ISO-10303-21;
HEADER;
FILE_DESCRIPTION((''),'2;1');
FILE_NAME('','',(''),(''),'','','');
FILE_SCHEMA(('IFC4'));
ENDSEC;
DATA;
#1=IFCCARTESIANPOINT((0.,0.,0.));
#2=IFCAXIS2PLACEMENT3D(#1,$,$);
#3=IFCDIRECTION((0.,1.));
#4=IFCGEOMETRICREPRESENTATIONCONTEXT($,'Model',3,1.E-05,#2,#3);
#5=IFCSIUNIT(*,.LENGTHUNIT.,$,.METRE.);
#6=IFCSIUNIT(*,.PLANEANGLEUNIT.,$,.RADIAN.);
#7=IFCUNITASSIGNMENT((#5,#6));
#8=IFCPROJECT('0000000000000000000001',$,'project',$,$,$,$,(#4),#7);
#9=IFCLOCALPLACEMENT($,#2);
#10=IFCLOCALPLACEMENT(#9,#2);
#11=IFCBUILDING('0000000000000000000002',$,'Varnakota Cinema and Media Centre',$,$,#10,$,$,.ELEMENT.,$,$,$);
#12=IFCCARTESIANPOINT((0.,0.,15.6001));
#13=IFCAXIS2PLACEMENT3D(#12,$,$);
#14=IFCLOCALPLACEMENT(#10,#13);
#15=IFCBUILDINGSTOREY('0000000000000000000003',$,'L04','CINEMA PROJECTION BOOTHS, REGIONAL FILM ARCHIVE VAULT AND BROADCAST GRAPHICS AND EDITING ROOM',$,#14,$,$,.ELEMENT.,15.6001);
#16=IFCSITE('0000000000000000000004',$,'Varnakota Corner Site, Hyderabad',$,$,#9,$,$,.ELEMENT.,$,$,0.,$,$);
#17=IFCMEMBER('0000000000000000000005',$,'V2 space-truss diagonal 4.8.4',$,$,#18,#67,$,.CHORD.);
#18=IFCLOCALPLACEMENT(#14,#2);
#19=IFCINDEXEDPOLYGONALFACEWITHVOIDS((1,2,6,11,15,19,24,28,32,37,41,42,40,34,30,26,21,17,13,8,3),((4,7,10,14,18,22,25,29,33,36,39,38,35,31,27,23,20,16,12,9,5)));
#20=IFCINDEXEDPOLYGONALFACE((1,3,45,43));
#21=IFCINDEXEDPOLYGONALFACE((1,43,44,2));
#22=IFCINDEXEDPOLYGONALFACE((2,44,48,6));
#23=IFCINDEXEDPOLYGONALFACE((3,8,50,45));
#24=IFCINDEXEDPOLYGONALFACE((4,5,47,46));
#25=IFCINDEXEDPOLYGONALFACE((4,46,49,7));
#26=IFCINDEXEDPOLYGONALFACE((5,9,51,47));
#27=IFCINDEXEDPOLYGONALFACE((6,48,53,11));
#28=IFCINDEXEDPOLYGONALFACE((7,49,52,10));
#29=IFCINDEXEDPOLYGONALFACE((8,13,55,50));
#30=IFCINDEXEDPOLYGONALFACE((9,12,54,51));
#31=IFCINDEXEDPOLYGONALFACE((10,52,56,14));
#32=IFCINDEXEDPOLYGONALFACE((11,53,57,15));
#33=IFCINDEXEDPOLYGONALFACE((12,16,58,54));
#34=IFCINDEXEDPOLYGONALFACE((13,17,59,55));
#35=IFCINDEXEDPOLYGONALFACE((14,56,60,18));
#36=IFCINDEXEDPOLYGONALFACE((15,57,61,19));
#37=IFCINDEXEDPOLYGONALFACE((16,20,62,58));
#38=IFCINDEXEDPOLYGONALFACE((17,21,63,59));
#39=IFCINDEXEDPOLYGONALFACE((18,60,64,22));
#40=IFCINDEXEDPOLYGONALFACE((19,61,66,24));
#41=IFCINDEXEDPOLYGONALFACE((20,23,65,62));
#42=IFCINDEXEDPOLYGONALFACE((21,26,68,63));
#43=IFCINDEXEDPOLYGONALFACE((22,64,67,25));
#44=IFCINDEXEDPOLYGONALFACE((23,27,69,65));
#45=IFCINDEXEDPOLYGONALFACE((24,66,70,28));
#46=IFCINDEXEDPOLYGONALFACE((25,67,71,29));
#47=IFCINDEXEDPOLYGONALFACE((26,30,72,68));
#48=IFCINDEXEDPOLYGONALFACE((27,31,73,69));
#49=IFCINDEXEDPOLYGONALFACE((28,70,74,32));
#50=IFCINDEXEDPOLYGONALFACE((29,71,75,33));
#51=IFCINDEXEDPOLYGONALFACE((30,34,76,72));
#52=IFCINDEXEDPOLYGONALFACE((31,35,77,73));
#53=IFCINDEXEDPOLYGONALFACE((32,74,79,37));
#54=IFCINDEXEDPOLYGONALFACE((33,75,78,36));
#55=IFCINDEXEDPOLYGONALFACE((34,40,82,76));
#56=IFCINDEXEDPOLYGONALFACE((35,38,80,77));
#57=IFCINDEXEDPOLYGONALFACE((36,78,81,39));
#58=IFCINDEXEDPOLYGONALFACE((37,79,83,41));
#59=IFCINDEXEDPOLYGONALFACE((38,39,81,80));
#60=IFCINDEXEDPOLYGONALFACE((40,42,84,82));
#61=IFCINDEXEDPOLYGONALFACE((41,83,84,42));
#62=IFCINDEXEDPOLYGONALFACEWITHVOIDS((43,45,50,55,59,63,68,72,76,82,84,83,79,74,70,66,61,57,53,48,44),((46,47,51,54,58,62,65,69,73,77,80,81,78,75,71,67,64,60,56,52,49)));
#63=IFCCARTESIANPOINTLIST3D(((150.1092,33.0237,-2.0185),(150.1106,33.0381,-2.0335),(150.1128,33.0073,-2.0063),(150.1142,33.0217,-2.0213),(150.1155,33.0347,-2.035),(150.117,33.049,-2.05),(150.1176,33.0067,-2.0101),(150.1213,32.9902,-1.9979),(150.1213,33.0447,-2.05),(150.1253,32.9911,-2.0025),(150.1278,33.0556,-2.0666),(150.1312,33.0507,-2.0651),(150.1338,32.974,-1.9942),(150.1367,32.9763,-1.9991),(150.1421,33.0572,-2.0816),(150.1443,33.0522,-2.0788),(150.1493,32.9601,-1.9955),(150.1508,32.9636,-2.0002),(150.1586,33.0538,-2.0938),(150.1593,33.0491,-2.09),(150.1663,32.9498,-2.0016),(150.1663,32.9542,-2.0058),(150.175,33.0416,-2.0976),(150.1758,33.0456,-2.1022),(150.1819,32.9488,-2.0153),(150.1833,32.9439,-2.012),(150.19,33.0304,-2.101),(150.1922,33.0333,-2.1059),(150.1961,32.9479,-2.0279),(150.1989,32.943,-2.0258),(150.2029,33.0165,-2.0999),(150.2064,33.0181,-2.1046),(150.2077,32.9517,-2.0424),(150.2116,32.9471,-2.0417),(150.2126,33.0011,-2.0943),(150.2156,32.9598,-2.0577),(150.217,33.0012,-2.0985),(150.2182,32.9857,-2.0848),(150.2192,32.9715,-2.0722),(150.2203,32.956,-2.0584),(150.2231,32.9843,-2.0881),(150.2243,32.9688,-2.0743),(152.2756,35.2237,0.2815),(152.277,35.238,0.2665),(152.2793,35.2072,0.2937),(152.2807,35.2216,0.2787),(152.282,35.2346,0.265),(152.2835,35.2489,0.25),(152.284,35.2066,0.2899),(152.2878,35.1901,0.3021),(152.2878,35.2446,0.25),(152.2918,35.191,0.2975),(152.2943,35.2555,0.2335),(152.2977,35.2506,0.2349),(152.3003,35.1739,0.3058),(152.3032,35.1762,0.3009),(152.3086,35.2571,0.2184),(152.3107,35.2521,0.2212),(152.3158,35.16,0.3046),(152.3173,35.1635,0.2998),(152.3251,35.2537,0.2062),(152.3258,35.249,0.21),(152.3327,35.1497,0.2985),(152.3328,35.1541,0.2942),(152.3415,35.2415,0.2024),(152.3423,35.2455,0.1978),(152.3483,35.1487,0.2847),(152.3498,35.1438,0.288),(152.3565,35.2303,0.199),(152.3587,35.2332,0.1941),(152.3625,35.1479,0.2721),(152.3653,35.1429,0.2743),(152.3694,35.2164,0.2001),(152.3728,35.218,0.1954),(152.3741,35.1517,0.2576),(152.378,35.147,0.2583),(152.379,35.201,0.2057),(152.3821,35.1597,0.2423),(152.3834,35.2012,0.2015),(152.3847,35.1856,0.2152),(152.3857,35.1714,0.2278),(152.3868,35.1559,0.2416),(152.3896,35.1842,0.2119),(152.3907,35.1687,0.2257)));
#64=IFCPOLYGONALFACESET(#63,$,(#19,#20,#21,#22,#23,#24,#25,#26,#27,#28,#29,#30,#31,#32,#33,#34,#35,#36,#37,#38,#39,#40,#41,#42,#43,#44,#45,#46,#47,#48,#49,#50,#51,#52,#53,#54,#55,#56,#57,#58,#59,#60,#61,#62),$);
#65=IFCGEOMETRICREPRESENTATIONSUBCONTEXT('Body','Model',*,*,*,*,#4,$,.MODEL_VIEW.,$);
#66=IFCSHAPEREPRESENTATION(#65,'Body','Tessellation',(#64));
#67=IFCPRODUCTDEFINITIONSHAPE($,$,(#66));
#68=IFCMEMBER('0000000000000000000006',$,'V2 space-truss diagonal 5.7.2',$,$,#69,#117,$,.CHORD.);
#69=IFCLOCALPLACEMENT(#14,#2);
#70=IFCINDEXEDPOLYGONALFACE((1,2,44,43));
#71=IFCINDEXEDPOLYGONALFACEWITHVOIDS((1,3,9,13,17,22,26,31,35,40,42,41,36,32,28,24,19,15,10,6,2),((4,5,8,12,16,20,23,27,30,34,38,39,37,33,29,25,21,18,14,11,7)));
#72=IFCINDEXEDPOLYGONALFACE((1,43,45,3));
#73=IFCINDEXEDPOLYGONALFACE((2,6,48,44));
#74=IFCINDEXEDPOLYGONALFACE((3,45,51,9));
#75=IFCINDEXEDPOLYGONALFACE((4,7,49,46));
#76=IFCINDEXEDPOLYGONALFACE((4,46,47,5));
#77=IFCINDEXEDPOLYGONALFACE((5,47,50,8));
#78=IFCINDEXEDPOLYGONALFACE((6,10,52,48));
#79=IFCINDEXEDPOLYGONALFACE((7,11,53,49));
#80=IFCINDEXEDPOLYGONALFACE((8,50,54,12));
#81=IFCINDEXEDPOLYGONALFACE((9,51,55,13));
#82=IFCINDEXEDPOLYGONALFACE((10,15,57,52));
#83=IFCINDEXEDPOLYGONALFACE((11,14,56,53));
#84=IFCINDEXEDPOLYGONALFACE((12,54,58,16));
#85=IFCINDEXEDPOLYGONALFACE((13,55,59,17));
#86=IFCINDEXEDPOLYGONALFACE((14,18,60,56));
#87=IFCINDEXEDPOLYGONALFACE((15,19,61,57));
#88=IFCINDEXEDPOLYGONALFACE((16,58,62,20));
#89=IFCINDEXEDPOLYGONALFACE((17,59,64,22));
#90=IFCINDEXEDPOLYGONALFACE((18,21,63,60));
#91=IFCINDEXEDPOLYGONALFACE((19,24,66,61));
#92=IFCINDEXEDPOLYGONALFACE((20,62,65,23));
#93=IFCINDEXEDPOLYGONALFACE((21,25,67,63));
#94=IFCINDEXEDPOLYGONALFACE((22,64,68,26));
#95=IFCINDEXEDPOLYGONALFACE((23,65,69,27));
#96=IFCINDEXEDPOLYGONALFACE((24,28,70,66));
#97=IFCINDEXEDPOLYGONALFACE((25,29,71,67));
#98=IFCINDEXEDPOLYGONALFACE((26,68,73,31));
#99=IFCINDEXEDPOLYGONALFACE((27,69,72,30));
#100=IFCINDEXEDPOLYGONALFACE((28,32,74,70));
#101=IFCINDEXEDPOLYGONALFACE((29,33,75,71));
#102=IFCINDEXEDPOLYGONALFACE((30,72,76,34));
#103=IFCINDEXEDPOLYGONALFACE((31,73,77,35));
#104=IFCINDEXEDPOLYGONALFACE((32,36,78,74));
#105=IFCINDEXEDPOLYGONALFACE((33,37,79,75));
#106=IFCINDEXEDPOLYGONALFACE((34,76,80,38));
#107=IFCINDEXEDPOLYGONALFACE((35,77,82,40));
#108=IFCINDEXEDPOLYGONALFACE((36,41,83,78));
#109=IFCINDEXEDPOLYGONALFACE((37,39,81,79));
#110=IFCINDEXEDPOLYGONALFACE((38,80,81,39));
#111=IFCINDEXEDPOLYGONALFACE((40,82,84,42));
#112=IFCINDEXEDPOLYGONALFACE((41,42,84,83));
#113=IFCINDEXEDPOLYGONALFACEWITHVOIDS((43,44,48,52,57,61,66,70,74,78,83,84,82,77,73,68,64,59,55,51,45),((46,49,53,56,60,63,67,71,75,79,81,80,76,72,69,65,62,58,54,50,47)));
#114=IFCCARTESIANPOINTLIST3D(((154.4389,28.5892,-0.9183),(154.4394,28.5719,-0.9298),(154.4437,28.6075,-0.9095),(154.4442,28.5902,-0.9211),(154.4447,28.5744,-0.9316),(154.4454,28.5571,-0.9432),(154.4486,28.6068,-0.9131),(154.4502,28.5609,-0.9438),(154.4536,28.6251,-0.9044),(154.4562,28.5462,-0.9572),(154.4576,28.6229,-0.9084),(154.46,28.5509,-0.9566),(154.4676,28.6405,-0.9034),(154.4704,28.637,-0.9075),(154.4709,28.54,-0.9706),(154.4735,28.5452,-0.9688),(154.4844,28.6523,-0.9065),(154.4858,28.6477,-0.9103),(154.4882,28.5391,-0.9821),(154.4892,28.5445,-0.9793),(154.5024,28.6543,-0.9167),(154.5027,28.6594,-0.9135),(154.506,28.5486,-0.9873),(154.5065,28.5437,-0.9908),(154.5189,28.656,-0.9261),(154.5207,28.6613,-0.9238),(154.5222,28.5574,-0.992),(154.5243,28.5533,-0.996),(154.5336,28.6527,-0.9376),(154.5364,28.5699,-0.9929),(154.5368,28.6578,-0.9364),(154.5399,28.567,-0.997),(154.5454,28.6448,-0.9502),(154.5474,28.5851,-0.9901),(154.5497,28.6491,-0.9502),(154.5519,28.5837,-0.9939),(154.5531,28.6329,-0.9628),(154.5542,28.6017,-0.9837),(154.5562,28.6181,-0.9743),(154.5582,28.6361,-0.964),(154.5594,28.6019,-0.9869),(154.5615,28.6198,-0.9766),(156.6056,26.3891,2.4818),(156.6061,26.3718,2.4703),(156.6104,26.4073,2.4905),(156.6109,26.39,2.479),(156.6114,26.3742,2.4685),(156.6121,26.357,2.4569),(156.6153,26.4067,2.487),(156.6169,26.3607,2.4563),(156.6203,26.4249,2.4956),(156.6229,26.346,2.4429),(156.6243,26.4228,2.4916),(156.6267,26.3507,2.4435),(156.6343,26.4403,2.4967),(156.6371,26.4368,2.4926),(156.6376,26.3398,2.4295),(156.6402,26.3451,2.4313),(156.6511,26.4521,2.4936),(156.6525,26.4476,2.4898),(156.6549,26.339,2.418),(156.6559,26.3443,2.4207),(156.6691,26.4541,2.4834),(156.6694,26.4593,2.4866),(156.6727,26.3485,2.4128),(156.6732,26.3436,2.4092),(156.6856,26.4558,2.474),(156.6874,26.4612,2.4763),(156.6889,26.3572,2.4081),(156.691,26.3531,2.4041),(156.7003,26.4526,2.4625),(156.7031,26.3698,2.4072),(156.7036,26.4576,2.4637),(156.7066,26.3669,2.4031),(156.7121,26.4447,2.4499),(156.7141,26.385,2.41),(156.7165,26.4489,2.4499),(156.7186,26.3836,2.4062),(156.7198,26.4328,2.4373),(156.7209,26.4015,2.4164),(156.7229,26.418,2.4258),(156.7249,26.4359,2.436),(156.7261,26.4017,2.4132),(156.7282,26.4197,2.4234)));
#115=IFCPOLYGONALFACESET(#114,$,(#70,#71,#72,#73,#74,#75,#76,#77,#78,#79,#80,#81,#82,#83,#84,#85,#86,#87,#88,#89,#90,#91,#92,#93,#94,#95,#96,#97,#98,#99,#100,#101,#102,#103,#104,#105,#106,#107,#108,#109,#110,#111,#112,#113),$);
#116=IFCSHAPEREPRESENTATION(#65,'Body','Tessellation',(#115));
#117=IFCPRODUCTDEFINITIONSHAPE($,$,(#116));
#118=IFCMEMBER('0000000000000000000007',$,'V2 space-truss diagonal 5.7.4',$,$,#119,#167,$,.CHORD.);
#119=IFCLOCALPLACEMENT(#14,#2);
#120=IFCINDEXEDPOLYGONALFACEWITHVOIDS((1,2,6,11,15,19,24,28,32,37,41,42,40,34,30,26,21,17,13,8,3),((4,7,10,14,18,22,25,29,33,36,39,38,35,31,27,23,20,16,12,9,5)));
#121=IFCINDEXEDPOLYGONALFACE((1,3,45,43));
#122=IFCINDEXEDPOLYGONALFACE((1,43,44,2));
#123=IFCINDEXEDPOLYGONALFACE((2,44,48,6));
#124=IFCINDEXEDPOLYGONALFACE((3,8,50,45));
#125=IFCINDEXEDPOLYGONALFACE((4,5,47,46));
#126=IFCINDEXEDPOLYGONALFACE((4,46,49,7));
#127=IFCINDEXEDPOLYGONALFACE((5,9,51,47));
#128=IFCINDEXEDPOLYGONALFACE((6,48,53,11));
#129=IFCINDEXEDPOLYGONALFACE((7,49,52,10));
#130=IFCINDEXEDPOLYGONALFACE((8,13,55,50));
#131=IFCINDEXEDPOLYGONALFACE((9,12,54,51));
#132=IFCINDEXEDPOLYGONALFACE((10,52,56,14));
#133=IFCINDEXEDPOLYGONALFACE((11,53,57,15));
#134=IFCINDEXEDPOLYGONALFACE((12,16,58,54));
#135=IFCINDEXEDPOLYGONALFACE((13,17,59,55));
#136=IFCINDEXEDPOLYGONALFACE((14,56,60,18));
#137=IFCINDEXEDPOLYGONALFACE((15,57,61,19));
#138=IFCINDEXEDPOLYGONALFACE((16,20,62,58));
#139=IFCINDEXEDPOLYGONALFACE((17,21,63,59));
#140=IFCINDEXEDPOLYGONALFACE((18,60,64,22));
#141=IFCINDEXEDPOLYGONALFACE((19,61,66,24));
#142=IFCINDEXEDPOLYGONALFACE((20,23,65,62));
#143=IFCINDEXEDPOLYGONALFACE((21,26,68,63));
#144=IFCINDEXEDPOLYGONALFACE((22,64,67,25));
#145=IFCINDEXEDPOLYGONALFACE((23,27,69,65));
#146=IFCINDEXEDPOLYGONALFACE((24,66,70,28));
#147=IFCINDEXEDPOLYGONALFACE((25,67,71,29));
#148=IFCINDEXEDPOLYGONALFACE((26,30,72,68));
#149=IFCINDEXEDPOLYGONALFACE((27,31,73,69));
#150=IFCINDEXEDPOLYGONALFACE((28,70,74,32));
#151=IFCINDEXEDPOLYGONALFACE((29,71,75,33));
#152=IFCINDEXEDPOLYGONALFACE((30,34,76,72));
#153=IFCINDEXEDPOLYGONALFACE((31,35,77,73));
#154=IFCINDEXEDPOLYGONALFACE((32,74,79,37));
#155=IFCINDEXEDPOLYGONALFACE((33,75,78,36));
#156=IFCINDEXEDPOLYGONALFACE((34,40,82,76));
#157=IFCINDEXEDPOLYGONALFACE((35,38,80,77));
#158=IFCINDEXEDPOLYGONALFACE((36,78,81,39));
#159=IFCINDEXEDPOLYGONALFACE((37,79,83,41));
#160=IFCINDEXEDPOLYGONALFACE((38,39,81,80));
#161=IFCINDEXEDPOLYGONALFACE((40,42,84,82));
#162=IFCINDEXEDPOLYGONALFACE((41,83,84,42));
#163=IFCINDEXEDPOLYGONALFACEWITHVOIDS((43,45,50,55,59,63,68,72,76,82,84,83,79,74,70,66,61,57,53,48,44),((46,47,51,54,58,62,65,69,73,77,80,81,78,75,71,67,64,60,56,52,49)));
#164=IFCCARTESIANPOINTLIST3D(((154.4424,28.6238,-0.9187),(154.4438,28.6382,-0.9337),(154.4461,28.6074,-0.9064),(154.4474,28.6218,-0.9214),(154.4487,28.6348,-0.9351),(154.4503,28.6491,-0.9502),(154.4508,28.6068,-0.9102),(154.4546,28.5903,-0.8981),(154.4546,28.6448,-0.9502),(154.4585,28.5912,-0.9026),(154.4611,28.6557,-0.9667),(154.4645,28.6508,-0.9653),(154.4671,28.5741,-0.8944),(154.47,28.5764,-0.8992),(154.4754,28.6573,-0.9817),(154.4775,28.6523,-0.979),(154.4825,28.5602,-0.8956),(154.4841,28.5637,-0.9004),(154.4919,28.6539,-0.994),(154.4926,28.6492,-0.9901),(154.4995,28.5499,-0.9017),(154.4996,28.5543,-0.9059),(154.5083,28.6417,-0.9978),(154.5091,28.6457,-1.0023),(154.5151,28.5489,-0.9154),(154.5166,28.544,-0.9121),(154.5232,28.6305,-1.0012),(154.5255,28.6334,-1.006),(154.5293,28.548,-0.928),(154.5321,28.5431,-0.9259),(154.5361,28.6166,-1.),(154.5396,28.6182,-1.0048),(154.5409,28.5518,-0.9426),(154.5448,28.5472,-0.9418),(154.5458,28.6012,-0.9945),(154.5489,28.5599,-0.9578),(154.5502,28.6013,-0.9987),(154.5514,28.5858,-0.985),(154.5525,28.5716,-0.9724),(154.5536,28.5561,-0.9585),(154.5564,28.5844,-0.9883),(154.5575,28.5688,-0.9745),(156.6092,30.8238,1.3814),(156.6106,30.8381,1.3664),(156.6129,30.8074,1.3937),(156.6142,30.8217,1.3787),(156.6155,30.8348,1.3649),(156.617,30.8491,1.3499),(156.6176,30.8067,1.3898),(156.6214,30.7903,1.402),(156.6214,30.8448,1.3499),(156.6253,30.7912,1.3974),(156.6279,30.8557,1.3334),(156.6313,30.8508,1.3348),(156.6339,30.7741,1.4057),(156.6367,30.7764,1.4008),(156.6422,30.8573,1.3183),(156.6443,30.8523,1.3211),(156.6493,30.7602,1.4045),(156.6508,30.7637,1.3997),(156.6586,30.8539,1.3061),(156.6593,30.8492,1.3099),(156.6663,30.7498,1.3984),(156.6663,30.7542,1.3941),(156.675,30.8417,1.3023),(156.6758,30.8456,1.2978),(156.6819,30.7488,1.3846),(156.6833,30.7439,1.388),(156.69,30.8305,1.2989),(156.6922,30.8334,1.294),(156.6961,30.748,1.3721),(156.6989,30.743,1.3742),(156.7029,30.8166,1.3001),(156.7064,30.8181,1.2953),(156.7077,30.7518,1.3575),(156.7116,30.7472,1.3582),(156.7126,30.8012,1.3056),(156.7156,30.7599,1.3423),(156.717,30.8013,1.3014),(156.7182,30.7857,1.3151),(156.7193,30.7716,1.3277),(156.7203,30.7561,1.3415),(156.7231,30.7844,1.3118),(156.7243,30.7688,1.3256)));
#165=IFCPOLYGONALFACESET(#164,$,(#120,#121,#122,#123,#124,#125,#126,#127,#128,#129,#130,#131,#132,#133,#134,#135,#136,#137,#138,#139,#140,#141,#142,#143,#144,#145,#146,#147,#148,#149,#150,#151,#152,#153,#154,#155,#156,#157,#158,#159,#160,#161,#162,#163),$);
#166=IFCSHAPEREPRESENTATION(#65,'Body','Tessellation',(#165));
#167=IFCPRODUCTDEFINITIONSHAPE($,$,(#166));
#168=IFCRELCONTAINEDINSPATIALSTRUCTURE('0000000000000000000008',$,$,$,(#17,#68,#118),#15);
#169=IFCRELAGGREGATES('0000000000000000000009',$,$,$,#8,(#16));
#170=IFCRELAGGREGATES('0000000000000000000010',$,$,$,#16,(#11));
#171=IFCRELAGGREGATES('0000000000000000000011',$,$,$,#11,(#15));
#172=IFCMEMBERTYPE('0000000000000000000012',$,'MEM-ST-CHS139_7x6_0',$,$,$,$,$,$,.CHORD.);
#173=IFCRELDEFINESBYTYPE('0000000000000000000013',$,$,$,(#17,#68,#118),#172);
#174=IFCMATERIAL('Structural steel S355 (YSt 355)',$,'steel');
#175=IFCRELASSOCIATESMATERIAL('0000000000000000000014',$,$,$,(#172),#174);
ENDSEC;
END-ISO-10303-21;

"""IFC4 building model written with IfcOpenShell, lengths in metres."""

from ifc_helpers import new_model, si_unit, direction, frame, origin, origin_2d, place, context, subcontext, project, spatial, hollow_circle, extrude, material, material_profile, profile_set, type_object, element, save


model = new_model("IFC4")

# Units and contexts
model_context = context("Model", 3, precision=1e-05, world=origin(), true_north=direction((0.0, 1.0)))
body_context = subcontext(model_context, "Body", "Model", "MODEL_VIEW")
ifc_project = project(units=[si_unit("LENGTHUNIT", "METRE"), si_unit("PLANEANGLEUNIT", "RADIAN")], contexts=[model_context])

# Site, building, storey
site_placement = place(None, origin())
site = spatial("IfcSite", under=ifc_project, at=site_placement, Name="Varnakota Corner Site, Hyderabad", CompositionType="ELEMENT", RefElevation=0.0)
building_placement = place(site_placement, origin())
building = spatial("IfcBuilding", under=site, at=building_placement, Name="Varnakota Cinema and Media Centre", CompositionType="ELEMENT")
storey_placement = place(building_placement, frame((0.0, 0.0, 15.6001)))
storey = spatial("IfcBuildingStorey", under=building, at=storey_placement, Name="L04", Description="CINEMA PROJECTION BOOTHS, REGIONAL FILM ARCHIVE VAULT AND BROADCAST GRAPHICS AND EDITING ROOM", CompositionType="ELEMENT", Elevation=15.6001)

# Members
ifc_material_1 = material(Name="Structural steel S355 (YSt 355)", Category="steel")
ifc_material_profile_1 = material_profile(ifc_material_1, hollow_circle(Radius=0.0698, WallThickness=0.0061, at=origin_2d()), Name="CHS 139.7x6.0")
ifc_profile_set_1 = profile_set([ifc_material_profile_1], Name="Structural steel S355 (YSt 355)")
member_type_1 = type_object("IfcMemberType", Name="MEM-ST-CHS139_7x6_0", PredefinedType="CHORD", material=ifc_profile_set_1)
member_1_placement = place(storey_placement, frame((150.1667, 33.0, -2.05), z_axis=(0.562705, 0.571392, 0.59739), x_axis=(-0.712502, 0.70167, 0.0)))
element("IfcMember", 1, at=member_1_placement, inside=storey, type_object=member_type_1, Name="V2 space-truss diagonal 4.8.4", PredefinedType="CHORD", context=body_context, shape_type="SweptSolid", body=[
    extrude(hollow_circle(Radius=0.0698, WallThickness=0.0061, at=origin_2d()), origin(), (0.0, 0.0, 1.0), 3.8501),
])
member_2_placement = place(storey_placement, frame((154.5, 28.6001, -0.9502), z_axis=(0.471739, -0.479021, 0.740271), x_axis=(0.712502, 0.70167, 0.0)))
element("IfcMember", 2, at=member_2_placement, inside=storey, type_object=member_type_1, Name="V2 space-truss diagonal 5.7.2", PredefinedType="CHORD", context=body_context, shape_type="SweptSolid", body=[
    extrude(hollow_circle(Radius=0.0698, WallThickness=0.0061, at=origin_2d()), origin(), (0.0, 0.0, 1.0), 4.593),
])
member_3_placement = place(storey_placement, frame((154.5, 28.6001, -0.9502), z_axis=(0.562748, 0.571371, 0.597369), x_axis=(-0.712463, 0.70171, 0.0)))
element("IfcMember", 3, at=member_3_placement, inside=storey, type_object=member_type_1, Name="V2 space-truss diagonal 5.7.4", PredefinedType="CHORD", context=body_context, shape_type="SweptSolid", body=[
    extrude(hollow_circle(Radius=0.0698, WallThickness=0.0061, at=origin_2d()), origin(), (0.0, 0.0, 1.0), 3.8503),
])

save(model, "model.ifc")
